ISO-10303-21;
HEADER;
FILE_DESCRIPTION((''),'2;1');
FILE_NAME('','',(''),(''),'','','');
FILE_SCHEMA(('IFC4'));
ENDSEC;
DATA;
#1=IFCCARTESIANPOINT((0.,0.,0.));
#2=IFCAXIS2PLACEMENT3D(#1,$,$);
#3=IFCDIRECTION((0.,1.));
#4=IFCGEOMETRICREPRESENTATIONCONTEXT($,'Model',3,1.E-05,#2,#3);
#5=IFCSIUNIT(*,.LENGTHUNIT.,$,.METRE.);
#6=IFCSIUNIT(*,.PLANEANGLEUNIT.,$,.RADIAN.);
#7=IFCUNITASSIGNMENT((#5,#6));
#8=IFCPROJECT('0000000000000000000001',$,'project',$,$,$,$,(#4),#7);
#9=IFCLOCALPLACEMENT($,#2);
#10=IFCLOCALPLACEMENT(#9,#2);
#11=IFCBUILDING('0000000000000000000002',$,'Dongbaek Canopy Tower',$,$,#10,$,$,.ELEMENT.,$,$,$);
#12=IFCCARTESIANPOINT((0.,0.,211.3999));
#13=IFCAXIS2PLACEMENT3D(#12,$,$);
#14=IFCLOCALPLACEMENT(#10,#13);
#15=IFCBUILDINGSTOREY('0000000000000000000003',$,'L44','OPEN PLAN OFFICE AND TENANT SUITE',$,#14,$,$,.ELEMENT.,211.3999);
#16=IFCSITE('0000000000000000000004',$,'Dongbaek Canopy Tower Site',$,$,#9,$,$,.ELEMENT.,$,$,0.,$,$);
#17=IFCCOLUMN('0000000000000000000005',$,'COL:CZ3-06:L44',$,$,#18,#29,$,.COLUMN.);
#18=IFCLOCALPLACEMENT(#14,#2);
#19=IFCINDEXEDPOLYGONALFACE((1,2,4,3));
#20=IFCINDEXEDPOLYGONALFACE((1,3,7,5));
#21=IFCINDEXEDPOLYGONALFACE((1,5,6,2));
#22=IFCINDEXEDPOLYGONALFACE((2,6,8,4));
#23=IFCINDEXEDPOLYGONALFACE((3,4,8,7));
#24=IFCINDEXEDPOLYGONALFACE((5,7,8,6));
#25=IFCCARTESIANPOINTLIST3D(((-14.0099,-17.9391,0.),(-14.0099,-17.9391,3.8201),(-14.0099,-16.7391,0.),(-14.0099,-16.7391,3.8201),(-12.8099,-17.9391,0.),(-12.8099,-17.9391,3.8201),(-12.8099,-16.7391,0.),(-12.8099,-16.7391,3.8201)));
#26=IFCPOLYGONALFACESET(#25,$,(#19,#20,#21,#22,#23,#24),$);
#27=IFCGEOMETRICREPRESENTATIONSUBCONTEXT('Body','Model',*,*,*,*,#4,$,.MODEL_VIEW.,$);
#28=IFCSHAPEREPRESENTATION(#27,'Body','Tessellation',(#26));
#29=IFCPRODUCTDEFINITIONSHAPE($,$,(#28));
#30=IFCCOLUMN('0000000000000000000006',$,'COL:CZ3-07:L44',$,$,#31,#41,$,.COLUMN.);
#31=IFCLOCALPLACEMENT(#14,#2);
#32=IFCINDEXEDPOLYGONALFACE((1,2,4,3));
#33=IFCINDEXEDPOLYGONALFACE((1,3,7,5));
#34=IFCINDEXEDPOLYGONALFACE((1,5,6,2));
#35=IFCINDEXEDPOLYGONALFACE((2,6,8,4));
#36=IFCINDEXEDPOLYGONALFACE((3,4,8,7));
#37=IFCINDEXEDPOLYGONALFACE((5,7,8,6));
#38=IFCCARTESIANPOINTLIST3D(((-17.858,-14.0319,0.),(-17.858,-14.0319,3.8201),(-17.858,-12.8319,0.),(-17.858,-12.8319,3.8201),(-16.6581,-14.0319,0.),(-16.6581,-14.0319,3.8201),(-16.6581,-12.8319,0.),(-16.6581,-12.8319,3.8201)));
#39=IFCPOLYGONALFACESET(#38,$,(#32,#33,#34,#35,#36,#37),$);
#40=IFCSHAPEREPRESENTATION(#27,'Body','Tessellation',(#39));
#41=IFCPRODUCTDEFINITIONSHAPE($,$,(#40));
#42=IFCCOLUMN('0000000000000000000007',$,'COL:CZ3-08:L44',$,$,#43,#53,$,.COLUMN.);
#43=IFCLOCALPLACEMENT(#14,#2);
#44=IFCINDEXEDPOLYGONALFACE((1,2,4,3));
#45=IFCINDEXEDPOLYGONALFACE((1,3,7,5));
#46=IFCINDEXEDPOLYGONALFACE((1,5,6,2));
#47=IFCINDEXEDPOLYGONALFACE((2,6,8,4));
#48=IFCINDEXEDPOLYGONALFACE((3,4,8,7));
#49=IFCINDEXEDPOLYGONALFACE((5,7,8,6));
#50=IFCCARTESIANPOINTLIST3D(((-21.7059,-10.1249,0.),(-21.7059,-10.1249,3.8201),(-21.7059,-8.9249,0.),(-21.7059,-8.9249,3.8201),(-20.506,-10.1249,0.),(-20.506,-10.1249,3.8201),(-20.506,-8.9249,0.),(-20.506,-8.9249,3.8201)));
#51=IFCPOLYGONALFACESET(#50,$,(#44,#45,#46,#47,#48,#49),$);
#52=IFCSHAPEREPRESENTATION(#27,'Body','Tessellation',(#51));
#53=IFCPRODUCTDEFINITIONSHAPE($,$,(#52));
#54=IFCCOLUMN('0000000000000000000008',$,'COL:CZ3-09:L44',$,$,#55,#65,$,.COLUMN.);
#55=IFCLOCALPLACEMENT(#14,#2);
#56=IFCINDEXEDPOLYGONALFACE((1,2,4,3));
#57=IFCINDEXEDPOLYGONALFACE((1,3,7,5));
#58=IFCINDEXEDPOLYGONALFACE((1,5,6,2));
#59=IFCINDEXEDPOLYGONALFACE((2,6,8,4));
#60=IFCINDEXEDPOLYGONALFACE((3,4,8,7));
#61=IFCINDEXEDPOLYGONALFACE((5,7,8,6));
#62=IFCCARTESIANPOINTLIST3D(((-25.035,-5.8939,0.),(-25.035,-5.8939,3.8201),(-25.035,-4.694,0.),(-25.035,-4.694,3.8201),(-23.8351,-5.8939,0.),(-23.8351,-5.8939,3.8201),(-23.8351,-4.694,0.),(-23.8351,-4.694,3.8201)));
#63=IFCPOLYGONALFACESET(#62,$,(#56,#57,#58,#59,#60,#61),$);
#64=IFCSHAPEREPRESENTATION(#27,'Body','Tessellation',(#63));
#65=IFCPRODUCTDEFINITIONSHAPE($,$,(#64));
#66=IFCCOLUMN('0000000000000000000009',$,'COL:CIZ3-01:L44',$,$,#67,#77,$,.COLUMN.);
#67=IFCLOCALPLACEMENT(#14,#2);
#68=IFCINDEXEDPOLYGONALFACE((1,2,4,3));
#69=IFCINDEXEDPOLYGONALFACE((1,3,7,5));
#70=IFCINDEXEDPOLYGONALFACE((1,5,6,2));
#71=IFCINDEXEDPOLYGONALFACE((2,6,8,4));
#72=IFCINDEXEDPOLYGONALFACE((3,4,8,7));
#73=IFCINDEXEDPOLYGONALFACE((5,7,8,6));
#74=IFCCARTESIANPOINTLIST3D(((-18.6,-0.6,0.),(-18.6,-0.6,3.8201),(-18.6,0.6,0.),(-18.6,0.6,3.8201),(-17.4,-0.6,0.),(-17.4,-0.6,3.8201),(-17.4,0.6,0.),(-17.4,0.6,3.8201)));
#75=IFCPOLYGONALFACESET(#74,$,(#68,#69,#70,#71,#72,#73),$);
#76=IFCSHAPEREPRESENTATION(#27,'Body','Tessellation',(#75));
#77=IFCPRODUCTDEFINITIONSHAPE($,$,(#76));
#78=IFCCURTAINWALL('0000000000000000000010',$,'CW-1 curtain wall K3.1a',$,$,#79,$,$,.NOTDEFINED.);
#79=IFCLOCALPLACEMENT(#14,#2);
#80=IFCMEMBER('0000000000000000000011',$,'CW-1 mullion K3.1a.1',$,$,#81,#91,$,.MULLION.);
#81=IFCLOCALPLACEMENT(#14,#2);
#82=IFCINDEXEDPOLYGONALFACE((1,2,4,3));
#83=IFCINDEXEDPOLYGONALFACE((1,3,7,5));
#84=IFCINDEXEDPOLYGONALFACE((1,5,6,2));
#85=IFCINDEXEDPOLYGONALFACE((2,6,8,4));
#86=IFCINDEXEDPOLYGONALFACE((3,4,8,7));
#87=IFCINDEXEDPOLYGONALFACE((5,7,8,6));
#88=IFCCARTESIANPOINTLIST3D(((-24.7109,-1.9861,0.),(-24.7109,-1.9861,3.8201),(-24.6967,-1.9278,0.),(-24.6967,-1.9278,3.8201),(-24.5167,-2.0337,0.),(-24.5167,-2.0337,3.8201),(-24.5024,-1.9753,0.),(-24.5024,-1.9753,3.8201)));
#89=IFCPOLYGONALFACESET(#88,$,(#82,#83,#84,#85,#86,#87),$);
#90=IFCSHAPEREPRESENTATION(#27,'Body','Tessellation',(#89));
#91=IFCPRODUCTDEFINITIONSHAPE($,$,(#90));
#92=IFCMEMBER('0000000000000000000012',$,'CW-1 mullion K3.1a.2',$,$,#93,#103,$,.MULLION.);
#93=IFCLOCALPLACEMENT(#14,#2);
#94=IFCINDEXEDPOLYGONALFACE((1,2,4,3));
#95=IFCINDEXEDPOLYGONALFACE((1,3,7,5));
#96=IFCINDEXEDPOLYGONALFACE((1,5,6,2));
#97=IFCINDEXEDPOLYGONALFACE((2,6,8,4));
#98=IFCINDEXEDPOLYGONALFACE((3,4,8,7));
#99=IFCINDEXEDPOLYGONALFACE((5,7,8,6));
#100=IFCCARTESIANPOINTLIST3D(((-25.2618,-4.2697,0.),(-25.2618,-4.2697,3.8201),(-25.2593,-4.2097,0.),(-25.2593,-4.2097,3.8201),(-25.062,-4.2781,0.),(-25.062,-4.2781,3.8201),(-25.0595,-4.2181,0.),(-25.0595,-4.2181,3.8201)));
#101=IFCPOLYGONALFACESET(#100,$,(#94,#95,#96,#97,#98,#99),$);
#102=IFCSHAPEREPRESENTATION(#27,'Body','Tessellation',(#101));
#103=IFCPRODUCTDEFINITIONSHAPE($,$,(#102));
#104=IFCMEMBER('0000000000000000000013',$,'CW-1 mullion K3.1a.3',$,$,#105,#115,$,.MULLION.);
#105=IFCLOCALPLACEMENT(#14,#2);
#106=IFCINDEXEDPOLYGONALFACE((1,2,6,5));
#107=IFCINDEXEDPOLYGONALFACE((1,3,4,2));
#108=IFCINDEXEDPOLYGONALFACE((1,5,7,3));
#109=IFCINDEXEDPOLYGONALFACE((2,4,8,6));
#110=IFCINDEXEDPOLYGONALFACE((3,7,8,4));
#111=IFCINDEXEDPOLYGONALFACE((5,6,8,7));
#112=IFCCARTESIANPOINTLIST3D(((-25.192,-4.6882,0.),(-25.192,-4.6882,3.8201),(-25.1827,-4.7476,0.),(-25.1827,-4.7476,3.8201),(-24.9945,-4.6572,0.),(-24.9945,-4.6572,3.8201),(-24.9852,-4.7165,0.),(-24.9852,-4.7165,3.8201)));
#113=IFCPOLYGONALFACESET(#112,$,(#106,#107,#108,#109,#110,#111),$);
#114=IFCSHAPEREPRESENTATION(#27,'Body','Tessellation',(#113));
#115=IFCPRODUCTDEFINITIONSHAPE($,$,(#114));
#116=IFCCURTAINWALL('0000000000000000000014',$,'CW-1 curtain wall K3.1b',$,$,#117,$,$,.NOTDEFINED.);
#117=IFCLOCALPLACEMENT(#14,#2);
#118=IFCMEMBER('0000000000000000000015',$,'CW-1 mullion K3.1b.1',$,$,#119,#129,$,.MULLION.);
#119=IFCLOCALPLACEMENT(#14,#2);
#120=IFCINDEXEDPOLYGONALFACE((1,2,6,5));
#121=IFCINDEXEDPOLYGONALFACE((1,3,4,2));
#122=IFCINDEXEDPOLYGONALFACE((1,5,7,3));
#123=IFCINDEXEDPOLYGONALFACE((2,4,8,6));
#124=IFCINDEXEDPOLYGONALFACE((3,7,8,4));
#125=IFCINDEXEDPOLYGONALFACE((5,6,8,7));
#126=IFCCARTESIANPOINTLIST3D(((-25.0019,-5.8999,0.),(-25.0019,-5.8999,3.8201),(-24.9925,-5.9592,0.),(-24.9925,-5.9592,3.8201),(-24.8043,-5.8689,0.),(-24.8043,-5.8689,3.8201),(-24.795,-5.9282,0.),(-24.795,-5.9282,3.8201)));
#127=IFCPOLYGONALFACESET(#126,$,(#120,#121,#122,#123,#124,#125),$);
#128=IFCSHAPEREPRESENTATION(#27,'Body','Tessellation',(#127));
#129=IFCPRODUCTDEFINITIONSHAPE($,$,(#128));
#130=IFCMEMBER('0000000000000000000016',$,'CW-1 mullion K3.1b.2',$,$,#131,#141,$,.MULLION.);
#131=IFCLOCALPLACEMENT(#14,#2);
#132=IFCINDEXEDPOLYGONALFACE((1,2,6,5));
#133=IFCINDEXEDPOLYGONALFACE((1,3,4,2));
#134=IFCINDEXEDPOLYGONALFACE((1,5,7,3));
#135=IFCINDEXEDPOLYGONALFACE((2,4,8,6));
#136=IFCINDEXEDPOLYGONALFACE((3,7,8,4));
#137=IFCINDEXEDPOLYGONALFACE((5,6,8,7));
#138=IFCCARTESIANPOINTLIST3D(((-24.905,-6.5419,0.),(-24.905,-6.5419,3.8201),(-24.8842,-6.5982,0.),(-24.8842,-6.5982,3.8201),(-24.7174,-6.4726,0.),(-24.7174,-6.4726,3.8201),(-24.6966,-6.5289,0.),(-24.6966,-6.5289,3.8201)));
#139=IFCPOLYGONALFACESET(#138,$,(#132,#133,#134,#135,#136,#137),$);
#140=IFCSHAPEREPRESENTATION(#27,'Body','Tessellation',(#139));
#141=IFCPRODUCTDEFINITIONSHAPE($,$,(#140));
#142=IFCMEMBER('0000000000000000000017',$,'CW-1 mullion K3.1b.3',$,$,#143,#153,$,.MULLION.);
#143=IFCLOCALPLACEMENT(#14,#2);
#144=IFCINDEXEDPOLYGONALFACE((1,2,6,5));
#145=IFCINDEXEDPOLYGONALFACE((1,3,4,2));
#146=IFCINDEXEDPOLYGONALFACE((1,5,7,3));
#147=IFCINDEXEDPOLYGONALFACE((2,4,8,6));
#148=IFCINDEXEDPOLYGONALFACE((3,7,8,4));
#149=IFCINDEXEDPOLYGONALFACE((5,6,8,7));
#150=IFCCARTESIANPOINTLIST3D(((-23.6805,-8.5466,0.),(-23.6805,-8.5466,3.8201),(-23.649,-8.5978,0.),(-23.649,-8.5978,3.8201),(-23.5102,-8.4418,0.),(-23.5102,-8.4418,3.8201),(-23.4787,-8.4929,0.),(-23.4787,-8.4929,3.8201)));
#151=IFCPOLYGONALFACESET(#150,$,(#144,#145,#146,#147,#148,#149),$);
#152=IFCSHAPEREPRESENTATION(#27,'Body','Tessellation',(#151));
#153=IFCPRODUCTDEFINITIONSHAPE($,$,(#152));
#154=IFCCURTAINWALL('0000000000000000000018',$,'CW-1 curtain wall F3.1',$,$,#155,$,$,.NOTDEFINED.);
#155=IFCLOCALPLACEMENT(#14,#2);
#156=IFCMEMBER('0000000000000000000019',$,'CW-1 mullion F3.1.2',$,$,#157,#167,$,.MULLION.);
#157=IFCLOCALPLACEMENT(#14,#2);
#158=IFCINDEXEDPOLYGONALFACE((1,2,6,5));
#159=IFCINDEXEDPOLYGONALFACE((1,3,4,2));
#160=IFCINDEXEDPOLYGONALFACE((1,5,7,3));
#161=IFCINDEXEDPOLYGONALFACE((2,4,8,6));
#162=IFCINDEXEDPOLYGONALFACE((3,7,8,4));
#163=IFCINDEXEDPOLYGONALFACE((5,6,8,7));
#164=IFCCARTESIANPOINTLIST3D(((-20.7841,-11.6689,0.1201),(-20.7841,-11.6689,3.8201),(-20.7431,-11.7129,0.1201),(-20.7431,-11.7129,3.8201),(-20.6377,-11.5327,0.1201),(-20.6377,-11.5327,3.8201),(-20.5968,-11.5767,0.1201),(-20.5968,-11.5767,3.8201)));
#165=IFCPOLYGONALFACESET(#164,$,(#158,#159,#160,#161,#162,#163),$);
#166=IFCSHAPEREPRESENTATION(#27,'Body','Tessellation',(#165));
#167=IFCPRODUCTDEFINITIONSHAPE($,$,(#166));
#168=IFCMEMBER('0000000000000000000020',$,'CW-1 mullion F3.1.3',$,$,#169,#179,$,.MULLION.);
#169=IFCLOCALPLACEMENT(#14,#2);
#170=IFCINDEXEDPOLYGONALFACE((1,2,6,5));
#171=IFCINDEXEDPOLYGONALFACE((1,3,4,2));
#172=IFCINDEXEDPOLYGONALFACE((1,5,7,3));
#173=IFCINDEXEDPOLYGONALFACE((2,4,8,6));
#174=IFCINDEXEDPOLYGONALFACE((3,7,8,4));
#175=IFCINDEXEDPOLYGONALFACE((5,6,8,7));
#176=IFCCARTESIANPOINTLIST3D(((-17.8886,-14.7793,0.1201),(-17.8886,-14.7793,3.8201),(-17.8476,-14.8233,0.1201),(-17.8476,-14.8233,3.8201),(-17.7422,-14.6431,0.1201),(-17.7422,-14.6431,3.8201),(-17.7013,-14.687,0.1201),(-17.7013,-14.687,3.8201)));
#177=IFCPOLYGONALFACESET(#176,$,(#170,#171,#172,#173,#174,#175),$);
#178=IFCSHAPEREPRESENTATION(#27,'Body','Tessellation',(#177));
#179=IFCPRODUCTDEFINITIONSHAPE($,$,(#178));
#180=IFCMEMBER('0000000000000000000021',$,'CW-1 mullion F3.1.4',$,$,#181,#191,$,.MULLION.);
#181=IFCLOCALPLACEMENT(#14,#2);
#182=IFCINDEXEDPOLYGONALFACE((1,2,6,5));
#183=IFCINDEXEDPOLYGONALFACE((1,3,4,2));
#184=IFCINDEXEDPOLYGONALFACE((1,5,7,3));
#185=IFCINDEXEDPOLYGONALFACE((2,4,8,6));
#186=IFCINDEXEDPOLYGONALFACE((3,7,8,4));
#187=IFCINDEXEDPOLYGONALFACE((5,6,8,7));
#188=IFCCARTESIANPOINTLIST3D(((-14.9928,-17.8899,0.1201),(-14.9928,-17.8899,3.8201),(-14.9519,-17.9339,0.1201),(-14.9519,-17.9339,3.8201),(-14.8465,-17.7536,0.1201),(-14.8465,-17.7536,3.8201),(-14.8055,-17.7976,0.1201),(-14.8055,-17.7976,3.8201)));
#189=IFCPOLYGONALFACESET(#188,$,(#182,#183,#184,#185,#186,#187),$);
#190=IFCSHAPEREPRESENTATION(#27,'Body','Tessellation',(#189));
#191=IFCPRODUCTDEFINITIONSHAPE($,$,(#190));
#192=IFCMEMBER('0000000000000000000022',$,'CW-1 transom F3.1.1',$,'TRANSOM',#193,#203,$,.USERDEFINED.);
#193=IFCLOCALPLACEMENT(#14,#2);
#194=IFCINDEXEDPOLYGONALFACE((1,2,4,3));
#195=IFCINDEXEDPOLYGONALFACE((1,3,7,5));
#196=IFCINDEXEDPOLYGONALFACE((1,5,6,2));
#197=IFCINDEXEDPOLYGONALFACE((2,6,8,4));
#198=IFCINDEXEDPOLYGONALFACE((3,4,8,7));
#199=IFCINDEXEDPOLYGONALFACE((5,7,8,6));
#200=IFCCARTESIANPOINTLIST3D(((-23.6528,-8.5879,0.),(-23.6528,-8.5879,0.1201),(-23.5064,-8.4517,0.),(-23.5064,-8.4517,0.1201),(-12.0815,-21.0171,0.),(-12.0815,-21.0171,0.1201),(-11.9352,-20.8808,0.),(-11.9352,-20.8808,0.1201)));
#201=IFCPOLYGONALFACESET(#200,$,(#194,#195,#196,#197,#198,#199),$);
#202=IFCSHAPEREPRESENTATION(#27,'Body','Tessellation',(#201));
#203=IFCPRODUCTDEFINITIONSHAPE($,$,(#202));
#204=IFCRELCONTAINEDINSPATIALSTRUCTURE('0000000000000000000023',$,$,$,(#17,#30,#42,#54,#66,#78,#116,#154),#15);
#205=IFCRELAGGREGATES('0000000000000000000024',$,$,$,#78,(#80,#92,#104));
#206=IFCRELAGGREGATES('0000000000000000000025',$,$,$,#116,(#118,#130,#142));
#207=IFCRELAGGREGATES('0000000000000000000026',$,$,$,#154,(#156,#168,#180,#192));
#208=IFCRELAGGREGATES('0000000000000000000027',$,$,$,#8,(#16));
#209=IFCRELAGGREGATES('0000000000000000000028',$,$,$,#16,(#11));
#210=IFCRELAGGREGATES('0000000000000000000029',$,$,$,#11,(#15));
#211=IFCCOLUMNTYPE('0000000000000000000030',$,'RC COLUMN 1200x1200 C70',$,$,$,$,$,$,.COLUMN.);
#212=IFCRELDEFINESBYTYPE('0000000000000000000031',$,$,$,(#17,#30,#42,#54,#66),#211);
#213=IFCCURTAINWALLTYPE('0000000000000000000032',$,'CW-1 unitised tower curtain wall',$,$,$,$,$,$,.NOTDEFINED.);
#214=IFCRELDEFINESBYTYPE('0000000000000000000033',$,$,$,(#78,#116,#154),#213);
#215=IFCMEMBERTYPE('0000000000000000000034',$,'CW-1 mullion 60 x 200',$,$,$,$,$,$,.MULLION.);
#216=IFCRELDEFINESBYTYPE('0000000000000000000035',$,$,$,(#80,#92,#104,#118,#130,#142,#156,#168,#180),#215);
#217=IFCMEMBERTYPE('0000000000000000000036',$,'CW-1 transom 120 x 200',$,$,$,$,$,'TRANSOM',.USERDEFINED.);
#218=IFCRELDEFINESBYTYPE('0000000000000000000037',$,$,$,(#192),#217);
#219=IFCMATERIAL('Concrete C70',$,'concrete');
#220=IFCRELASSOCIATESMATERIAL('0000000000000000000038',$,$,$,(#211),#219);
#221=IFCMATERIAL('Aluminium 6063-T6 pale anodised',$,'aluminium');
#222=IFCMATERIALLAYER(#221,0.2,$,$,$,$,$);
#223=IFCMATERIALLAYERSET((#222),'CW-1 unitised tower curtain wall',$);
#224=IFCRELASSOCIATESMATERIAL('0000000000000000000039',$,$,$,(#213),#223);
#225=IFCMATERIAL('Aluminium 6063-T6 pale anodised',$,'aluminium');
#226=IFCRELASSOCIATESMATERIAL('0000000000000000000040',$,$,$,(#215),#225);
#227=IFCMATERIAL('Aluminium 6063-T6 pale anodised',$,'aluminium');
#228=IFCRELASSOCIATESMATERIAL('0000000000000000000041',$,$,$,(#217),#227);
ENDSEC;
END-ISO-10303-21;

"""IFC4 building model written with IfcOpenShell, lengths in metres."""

from ifc_helpers import new_model, si_unit, direction, frame, origin, origin_2d, place, context, subcontext, project, spatial, rectangle, extrude, material, layer, layer_set, material_profile, profile_set, type_object, element, aggregate, save


model = new_model("IFC4")

# Units and contexts
model_context = context("Model", 3, precision=1e-05, world=origin(), true_north=direction((0.0, 1.0)))
body_context = subcontext(model_context, "Body", "Model", "MODEL_VIEW")
ifc_project = project(units=[si_unit("LENGTHUNIT", "METRE"), si_unit("PLANEANGLEUNIT", "RADIAN")], contexts=[model_context])

# Site, building, storey
site_placement = place(None, origin())
site = spatial("IfcSite", under=ifc_project, at=site_placement, Name="Dongbaek Canopy Tower Site", CompositionType="ELEMENT", RefElevation=0.0)
building_placement = place(site_placement, origin())
building = spatial("IfcBuilding", under=site, at=building_placement, Name="Dongbaek Canopy Tower", CompositionType="ELEMENT")
storey_placement = place(building_placement, frame((0.0, 0.0, 211.3999)))
storey = spatial("IfcBuildingStorey", under=building, at=storey_placement, Name="L44", Description="OPEN PLAN OFFICE AND TENANT SUITE", CompositionType="ELEMENT", Elevation=211.3999)

# Columns
ifc_material_1 = material(Name="Concrete C70", Category="concrete")
ifc_material_profile_1 = material_profile(ifc_material_1, rectangle(XDim=1.2, YDim=1.2, at=origin_2d()), Name="RC COLUMN 1200x1200 C70")
ifc_profile_set_1 = profile_set([ifc_material_profile_1], Name="Concrete C70")
column_type = type_object("IfcColumnType", Name="RC COLUMN 1200x1200 C70", PredefinedType="COLUMN", material=ifc_profile_set_1)
for number, where, z_axis, x_axis, name in (
    (1, (-13.4099, -17.3391, 0.0), (0.0, 0.0, 1.0), (1.0, 0.0, 0.0), "COL:CZ3-06:L44"),
    (2, (-17.2581, -13.4319, 0.0), (0.0, 0.0, 1.0), (1.0, 0.0, 0.0), "COL:CZ3-07:L44"),
    (3, (-21.106, -9.5249, 0.0), (0.0, 0.0, 1.0), (1.0, 0.0, 0.0), "COL:CZ3-08:L44"),
    (4, (-24.4351, -5.2939, 0.0), (0.0, 0.0, 1.0), (1.0, 0.0, 0.0), "COL:CZ3-09:L44"),
    (5, (-18.0, 0.0, 0.0), (0.0, 0.0, 1.0), (1.0, 0.0, 0.0), "COL:CIZ3-01:L44"),
):
    element("IfcColumn", number, at=place(storey_placement, frame(where, z_axis=z_axis, x_axis=x_axis)), inside=storey, type_object=column_type, Name=name, PredefinedType="COLUMN", context=body_context, shape_type="SweptSolid", body=[
        extrude(rectangle(XDim=1.2, YDim=1.2, at=origin_2d()), origin(), (0.0, 0.0, 1.0), 3.8201),
    ])

# Curtain walls, members
ifc_material_2 = material(Name="Aluminium 6063-T6 pale anodised", Category="aluminium")
ifc_layer_1 = layer(ifc_material_2, 0.2)
ifc_layer_set_1 = layer_set([ifc_layer_1], Name="CW-1 unitised tower curtain wall")
curtain_wall_type = type_object("IfcCurtainWallType", Name="CW-1 unitised tower curtain wall", PredefinedType="NOTDEFINED", material=ifc_layer_set_1)
curtain_wall_1_placement = place(storey_placement, origin())
curtain_wall_1 = element("IfcCurtainWall", 6, at=curtain_wall_1_placement, inside=storey, type_object=curtain_wall_type, Name="CW-1 curtain wall K3.1a", PredefinedType="NOTDEFINED")
ifc_material_3 = material(Name="Aluminium 6063-T6 pale anodised", Category="aluminium")
ifc_material_profile_2 = material_profile(ifc_material_3, rectangle(XDim=0.2, YDim=0.0601, at=origin_2d()), Name="CW-1 mullion 60 x 200")
ifc_profile_set_2 = profile_set([ifc_material_profile_2], Name="Aluminium 6063-T6 pale anodised")
member_type_1 = type_object("IfcMemberType", Name="CW-1 mullion 60 x 200", PredefinedType="MULLION", material=ifc_profile_set_2)
member_1_placement = place(storey_placement, frame((-24.6067, -1.9807, 0.0), z_axis=(0.0, 0.0, 1.0), x_axis=(-0.971314, 0.237799, 0.0)))
member_1 = element("IfcMember", 7, at=member_1_placement, type_object=member_type_1, Name="CW-1 mullion K3.1a.1", PredefinedType="MULLION", context=body_context, shape_type="SweptSolid", body=[
    extrude(rectangle(XDim=0.2, YDim=0.0601, at=origin_2d()), origin(), (0.0, 0.0, 1.0), 3.8201),
])
member_2_placement = place(storey_placement, frame((-25.1606, -4.2439, 0.0), z_axis=(0.0, 0.0, 1.0), x_axis=(-0.999112, 0.042133, 0.0)))
member_2 = element("IfcMember", 8, at=member_2_placement, type_object=member_type_1, Name="CW-1 mullion K3.1a.2", PredefinedType="MULLION", context=body_context, shape_type="SweptSolid", body=[
    extrude(rectangle(XDim=0.2, YDim=0.0601, at=origin_2d()), origin(), (0.0, 0.0, 1.0), 3.8201),
])
member_3_placement = place(storey_placement, frame((-25.0886, -4.7024, 0.0), z_axis=(0.0, 0.0, 1.0), x_axis=(-0.987886, -0.155179, 0.0)))
member_3 = element("IfcMember", 9, at=member_3_placement, type_object=member_type_1, Name="CW-1 mullion K3.1a.3", PredefinedType="MULLION", context=body_context, shape_type="SweptSolid", body=[
    extrude(rectangle(XDim=0.2, YDim=0.0601, at=origin_2d()), origin(), (0.0, 0.0, 1.0), 3.8201),
])
curtain_wall_2_placement = place(storey_placement, origin())
curtain_wall_2 = element("IfcCurtainWall", 10, at=curtain_wall_2_placement, inside=storey, type_object=curtain_wall_type, Name="CW-1 curtain wall K3.1b", PredefinedType="NOTDEFINED")
member_4_placement = place(storey_placement, frame((-24.8984, -5.9141, 0.0), z_axis=(0.0, 0.0, 1.0), x_axis=(-0.987886, -0.155179, 0.0)))
member_4 = element("IfcMember", 11, at=member_4_placement, type_object=member_type_1, Name="CW-1 mullion K3.1b.1", PredefinedType="MULLION", context=body_context, shape_type="SweptSolid", body=[
    extrude(rectangle(XDim=0.2, YDim=0.0601, at=origin_2d()), origin(), (0.0, 0.0, 1.0), 3.8201),
])
member_5_placement = place(storey_placement, frame((-24.8008, -6.5354, 0.0), z_axis=(0.0, 0.0, 1.0), x_axis=(-0.938076, -0.34643, 0.0)))
member_5 = element("IfcMember", 12, at=member_5_placement, type_object=member_type_1, Name="CW-1 mullion K3.1b.2", PredefinedType="MULLION", context=body_context, shape_type="SweptSolid", body=[
    extrude(rectangle(XDim=0.2, YDim=0.0601, at=origin_2d()), origin(), (0.0, 0.0, 1.0), 3.8201),
])
member_6_placement = place(storey_placement, frame((-23.5796, -8.5198, 0.0), z_axis=(0.0, 0.0, 1.0), x_axis=(-0.851626, -0.52415, 0.0)))
member_6 = element("IfcMember", 13, at=member_6_placement, type_object=member_type_1, Name="CW-1 mullion K3.1b.3", PredefinedType="MULLION", context=body_context, shape_type="SweptSolid", body=[
    extrude(rectangle(XDim=0.2, YDim=0.0601, at=origin_2d()), origin(), (0.0, 0.0, 1.0), 3.8201),
])
curtain_wall_3_placement = place(storey_placement, origin())
curtain_wall_3 = element("IfcCurtainWall", 14, at=curtain_wall_3_placement, inside=storey, type_object=curtain_wall_type, Name="CW-1 curtain wall F3.1", PredefinedType="NOTDEFINED")
member_7_placement = place(storey_placement, frame((-20.6904, -11.6228, 0.1201), z_axis=(0.0, 0.0, 1.0), x_axis=(-0.731914, -0.681397, 0.0)))
member_7 = element("IfcMember", 15, at=member_7_placement, type_object=member_type_1, Name="CW-1 mullion F3.1.2", PredefinedType="MULLION", context=body_context, shape_type="SweptSolid", body=[
    extrude(rectangle(XDim=0.2, YDim=0.0601, at=origin_2d()), origin(), (0.0, 0.0, 1.0), 3.7),
])
member_8_placement = place(storey_placement, frame((-17.7949, -14.7332, 0.1201), z_axis=(0.0, 0.0, 1.0), x_axis=(-0.731914, -0.681397, 0.0)))
member_8 = element("IfcMember", 16, at=member_8_placement, type_object=member_type_1, Name="CW-1 mullion F3.1.3", PredefinedType="MULLION", context=body_context, shape_type="SweptSolid", body=[
    extrude(rectangle(XDim=0.2, YDim=0.0601, at=origin_2d()), origin(), (0.0, 0.0, 1.0), 3.7),
])
member_9_placement = place(storey_placement, frame((-14.8992, -17.8438, 0.1201), z_axis=(0.0, 0.0, 1.0), x_axis=(-0.731914, -0.681397, 0.0)))
member_9 = element("IfcMember", 17, at=member_9_placement, type_object=member_type_1, Name="CW-1 mullion F3.1.4", PredefinedType="MULLION", context=body_context, shape_type="SweptSolid", body=[
    extrude(rectangle(XDim=0.2, YDim=0.0601, at=origin_2d()), origin(), (0.0, 0.0, 1.0), 3.7),
])
ifc_material_4 = material(Name="Aluminium 6063-T6 pale anodised", Category="aluminium")
ifc_material_profile_3 = material_profile(ifc_material_4, rectangle(XDim=0.2, YDim=0.1201, at=origin_2d()), Name="CW-1 transom 120 x 200")
ifc_profile_set_3 = profile_set([ifc_material_profile_3], Name="Aluminium 6063-T6 pale anodised")
member_type_2 = type_object("IfcMemberType", Name="CW-1 transom 120 x 200", ElementType="TRANSOM", PredefinedType="USERDEFINED", material=ifc_profile_set_3)
member_10_placement = place(storey_placement, frame((-23.5796, -8.5198, 0.0601), z_axis=(0.681396, -0.731915, 0.0), x_axis=(0.731915, 0.681396, 0.0)))
member_10 = element("IfcMember", 18, at=member_10_placement, type_object=member_type_2, Name="CW-1 transom F3.1.1", ObjectType="TRANSOM", PredefinedType="USERDEFINED", context=body_context, shape_type="SweptSolid", body=[
    extrude(rectangle(XDim=0.2, YDim=0.1201, at=origin_2d()), origin(), (0.0, 0.0, 1.0), 16.9817),
])

aggregate(curtain_wall_1, [member_1, member_2, member_3])
aggregate(curtain_wall_2, [member_4, member_5, member_6])

aggregate(curtain_wall_3, [member_7, member_8, member_9, member_10])

save(model, "model.ifc")
